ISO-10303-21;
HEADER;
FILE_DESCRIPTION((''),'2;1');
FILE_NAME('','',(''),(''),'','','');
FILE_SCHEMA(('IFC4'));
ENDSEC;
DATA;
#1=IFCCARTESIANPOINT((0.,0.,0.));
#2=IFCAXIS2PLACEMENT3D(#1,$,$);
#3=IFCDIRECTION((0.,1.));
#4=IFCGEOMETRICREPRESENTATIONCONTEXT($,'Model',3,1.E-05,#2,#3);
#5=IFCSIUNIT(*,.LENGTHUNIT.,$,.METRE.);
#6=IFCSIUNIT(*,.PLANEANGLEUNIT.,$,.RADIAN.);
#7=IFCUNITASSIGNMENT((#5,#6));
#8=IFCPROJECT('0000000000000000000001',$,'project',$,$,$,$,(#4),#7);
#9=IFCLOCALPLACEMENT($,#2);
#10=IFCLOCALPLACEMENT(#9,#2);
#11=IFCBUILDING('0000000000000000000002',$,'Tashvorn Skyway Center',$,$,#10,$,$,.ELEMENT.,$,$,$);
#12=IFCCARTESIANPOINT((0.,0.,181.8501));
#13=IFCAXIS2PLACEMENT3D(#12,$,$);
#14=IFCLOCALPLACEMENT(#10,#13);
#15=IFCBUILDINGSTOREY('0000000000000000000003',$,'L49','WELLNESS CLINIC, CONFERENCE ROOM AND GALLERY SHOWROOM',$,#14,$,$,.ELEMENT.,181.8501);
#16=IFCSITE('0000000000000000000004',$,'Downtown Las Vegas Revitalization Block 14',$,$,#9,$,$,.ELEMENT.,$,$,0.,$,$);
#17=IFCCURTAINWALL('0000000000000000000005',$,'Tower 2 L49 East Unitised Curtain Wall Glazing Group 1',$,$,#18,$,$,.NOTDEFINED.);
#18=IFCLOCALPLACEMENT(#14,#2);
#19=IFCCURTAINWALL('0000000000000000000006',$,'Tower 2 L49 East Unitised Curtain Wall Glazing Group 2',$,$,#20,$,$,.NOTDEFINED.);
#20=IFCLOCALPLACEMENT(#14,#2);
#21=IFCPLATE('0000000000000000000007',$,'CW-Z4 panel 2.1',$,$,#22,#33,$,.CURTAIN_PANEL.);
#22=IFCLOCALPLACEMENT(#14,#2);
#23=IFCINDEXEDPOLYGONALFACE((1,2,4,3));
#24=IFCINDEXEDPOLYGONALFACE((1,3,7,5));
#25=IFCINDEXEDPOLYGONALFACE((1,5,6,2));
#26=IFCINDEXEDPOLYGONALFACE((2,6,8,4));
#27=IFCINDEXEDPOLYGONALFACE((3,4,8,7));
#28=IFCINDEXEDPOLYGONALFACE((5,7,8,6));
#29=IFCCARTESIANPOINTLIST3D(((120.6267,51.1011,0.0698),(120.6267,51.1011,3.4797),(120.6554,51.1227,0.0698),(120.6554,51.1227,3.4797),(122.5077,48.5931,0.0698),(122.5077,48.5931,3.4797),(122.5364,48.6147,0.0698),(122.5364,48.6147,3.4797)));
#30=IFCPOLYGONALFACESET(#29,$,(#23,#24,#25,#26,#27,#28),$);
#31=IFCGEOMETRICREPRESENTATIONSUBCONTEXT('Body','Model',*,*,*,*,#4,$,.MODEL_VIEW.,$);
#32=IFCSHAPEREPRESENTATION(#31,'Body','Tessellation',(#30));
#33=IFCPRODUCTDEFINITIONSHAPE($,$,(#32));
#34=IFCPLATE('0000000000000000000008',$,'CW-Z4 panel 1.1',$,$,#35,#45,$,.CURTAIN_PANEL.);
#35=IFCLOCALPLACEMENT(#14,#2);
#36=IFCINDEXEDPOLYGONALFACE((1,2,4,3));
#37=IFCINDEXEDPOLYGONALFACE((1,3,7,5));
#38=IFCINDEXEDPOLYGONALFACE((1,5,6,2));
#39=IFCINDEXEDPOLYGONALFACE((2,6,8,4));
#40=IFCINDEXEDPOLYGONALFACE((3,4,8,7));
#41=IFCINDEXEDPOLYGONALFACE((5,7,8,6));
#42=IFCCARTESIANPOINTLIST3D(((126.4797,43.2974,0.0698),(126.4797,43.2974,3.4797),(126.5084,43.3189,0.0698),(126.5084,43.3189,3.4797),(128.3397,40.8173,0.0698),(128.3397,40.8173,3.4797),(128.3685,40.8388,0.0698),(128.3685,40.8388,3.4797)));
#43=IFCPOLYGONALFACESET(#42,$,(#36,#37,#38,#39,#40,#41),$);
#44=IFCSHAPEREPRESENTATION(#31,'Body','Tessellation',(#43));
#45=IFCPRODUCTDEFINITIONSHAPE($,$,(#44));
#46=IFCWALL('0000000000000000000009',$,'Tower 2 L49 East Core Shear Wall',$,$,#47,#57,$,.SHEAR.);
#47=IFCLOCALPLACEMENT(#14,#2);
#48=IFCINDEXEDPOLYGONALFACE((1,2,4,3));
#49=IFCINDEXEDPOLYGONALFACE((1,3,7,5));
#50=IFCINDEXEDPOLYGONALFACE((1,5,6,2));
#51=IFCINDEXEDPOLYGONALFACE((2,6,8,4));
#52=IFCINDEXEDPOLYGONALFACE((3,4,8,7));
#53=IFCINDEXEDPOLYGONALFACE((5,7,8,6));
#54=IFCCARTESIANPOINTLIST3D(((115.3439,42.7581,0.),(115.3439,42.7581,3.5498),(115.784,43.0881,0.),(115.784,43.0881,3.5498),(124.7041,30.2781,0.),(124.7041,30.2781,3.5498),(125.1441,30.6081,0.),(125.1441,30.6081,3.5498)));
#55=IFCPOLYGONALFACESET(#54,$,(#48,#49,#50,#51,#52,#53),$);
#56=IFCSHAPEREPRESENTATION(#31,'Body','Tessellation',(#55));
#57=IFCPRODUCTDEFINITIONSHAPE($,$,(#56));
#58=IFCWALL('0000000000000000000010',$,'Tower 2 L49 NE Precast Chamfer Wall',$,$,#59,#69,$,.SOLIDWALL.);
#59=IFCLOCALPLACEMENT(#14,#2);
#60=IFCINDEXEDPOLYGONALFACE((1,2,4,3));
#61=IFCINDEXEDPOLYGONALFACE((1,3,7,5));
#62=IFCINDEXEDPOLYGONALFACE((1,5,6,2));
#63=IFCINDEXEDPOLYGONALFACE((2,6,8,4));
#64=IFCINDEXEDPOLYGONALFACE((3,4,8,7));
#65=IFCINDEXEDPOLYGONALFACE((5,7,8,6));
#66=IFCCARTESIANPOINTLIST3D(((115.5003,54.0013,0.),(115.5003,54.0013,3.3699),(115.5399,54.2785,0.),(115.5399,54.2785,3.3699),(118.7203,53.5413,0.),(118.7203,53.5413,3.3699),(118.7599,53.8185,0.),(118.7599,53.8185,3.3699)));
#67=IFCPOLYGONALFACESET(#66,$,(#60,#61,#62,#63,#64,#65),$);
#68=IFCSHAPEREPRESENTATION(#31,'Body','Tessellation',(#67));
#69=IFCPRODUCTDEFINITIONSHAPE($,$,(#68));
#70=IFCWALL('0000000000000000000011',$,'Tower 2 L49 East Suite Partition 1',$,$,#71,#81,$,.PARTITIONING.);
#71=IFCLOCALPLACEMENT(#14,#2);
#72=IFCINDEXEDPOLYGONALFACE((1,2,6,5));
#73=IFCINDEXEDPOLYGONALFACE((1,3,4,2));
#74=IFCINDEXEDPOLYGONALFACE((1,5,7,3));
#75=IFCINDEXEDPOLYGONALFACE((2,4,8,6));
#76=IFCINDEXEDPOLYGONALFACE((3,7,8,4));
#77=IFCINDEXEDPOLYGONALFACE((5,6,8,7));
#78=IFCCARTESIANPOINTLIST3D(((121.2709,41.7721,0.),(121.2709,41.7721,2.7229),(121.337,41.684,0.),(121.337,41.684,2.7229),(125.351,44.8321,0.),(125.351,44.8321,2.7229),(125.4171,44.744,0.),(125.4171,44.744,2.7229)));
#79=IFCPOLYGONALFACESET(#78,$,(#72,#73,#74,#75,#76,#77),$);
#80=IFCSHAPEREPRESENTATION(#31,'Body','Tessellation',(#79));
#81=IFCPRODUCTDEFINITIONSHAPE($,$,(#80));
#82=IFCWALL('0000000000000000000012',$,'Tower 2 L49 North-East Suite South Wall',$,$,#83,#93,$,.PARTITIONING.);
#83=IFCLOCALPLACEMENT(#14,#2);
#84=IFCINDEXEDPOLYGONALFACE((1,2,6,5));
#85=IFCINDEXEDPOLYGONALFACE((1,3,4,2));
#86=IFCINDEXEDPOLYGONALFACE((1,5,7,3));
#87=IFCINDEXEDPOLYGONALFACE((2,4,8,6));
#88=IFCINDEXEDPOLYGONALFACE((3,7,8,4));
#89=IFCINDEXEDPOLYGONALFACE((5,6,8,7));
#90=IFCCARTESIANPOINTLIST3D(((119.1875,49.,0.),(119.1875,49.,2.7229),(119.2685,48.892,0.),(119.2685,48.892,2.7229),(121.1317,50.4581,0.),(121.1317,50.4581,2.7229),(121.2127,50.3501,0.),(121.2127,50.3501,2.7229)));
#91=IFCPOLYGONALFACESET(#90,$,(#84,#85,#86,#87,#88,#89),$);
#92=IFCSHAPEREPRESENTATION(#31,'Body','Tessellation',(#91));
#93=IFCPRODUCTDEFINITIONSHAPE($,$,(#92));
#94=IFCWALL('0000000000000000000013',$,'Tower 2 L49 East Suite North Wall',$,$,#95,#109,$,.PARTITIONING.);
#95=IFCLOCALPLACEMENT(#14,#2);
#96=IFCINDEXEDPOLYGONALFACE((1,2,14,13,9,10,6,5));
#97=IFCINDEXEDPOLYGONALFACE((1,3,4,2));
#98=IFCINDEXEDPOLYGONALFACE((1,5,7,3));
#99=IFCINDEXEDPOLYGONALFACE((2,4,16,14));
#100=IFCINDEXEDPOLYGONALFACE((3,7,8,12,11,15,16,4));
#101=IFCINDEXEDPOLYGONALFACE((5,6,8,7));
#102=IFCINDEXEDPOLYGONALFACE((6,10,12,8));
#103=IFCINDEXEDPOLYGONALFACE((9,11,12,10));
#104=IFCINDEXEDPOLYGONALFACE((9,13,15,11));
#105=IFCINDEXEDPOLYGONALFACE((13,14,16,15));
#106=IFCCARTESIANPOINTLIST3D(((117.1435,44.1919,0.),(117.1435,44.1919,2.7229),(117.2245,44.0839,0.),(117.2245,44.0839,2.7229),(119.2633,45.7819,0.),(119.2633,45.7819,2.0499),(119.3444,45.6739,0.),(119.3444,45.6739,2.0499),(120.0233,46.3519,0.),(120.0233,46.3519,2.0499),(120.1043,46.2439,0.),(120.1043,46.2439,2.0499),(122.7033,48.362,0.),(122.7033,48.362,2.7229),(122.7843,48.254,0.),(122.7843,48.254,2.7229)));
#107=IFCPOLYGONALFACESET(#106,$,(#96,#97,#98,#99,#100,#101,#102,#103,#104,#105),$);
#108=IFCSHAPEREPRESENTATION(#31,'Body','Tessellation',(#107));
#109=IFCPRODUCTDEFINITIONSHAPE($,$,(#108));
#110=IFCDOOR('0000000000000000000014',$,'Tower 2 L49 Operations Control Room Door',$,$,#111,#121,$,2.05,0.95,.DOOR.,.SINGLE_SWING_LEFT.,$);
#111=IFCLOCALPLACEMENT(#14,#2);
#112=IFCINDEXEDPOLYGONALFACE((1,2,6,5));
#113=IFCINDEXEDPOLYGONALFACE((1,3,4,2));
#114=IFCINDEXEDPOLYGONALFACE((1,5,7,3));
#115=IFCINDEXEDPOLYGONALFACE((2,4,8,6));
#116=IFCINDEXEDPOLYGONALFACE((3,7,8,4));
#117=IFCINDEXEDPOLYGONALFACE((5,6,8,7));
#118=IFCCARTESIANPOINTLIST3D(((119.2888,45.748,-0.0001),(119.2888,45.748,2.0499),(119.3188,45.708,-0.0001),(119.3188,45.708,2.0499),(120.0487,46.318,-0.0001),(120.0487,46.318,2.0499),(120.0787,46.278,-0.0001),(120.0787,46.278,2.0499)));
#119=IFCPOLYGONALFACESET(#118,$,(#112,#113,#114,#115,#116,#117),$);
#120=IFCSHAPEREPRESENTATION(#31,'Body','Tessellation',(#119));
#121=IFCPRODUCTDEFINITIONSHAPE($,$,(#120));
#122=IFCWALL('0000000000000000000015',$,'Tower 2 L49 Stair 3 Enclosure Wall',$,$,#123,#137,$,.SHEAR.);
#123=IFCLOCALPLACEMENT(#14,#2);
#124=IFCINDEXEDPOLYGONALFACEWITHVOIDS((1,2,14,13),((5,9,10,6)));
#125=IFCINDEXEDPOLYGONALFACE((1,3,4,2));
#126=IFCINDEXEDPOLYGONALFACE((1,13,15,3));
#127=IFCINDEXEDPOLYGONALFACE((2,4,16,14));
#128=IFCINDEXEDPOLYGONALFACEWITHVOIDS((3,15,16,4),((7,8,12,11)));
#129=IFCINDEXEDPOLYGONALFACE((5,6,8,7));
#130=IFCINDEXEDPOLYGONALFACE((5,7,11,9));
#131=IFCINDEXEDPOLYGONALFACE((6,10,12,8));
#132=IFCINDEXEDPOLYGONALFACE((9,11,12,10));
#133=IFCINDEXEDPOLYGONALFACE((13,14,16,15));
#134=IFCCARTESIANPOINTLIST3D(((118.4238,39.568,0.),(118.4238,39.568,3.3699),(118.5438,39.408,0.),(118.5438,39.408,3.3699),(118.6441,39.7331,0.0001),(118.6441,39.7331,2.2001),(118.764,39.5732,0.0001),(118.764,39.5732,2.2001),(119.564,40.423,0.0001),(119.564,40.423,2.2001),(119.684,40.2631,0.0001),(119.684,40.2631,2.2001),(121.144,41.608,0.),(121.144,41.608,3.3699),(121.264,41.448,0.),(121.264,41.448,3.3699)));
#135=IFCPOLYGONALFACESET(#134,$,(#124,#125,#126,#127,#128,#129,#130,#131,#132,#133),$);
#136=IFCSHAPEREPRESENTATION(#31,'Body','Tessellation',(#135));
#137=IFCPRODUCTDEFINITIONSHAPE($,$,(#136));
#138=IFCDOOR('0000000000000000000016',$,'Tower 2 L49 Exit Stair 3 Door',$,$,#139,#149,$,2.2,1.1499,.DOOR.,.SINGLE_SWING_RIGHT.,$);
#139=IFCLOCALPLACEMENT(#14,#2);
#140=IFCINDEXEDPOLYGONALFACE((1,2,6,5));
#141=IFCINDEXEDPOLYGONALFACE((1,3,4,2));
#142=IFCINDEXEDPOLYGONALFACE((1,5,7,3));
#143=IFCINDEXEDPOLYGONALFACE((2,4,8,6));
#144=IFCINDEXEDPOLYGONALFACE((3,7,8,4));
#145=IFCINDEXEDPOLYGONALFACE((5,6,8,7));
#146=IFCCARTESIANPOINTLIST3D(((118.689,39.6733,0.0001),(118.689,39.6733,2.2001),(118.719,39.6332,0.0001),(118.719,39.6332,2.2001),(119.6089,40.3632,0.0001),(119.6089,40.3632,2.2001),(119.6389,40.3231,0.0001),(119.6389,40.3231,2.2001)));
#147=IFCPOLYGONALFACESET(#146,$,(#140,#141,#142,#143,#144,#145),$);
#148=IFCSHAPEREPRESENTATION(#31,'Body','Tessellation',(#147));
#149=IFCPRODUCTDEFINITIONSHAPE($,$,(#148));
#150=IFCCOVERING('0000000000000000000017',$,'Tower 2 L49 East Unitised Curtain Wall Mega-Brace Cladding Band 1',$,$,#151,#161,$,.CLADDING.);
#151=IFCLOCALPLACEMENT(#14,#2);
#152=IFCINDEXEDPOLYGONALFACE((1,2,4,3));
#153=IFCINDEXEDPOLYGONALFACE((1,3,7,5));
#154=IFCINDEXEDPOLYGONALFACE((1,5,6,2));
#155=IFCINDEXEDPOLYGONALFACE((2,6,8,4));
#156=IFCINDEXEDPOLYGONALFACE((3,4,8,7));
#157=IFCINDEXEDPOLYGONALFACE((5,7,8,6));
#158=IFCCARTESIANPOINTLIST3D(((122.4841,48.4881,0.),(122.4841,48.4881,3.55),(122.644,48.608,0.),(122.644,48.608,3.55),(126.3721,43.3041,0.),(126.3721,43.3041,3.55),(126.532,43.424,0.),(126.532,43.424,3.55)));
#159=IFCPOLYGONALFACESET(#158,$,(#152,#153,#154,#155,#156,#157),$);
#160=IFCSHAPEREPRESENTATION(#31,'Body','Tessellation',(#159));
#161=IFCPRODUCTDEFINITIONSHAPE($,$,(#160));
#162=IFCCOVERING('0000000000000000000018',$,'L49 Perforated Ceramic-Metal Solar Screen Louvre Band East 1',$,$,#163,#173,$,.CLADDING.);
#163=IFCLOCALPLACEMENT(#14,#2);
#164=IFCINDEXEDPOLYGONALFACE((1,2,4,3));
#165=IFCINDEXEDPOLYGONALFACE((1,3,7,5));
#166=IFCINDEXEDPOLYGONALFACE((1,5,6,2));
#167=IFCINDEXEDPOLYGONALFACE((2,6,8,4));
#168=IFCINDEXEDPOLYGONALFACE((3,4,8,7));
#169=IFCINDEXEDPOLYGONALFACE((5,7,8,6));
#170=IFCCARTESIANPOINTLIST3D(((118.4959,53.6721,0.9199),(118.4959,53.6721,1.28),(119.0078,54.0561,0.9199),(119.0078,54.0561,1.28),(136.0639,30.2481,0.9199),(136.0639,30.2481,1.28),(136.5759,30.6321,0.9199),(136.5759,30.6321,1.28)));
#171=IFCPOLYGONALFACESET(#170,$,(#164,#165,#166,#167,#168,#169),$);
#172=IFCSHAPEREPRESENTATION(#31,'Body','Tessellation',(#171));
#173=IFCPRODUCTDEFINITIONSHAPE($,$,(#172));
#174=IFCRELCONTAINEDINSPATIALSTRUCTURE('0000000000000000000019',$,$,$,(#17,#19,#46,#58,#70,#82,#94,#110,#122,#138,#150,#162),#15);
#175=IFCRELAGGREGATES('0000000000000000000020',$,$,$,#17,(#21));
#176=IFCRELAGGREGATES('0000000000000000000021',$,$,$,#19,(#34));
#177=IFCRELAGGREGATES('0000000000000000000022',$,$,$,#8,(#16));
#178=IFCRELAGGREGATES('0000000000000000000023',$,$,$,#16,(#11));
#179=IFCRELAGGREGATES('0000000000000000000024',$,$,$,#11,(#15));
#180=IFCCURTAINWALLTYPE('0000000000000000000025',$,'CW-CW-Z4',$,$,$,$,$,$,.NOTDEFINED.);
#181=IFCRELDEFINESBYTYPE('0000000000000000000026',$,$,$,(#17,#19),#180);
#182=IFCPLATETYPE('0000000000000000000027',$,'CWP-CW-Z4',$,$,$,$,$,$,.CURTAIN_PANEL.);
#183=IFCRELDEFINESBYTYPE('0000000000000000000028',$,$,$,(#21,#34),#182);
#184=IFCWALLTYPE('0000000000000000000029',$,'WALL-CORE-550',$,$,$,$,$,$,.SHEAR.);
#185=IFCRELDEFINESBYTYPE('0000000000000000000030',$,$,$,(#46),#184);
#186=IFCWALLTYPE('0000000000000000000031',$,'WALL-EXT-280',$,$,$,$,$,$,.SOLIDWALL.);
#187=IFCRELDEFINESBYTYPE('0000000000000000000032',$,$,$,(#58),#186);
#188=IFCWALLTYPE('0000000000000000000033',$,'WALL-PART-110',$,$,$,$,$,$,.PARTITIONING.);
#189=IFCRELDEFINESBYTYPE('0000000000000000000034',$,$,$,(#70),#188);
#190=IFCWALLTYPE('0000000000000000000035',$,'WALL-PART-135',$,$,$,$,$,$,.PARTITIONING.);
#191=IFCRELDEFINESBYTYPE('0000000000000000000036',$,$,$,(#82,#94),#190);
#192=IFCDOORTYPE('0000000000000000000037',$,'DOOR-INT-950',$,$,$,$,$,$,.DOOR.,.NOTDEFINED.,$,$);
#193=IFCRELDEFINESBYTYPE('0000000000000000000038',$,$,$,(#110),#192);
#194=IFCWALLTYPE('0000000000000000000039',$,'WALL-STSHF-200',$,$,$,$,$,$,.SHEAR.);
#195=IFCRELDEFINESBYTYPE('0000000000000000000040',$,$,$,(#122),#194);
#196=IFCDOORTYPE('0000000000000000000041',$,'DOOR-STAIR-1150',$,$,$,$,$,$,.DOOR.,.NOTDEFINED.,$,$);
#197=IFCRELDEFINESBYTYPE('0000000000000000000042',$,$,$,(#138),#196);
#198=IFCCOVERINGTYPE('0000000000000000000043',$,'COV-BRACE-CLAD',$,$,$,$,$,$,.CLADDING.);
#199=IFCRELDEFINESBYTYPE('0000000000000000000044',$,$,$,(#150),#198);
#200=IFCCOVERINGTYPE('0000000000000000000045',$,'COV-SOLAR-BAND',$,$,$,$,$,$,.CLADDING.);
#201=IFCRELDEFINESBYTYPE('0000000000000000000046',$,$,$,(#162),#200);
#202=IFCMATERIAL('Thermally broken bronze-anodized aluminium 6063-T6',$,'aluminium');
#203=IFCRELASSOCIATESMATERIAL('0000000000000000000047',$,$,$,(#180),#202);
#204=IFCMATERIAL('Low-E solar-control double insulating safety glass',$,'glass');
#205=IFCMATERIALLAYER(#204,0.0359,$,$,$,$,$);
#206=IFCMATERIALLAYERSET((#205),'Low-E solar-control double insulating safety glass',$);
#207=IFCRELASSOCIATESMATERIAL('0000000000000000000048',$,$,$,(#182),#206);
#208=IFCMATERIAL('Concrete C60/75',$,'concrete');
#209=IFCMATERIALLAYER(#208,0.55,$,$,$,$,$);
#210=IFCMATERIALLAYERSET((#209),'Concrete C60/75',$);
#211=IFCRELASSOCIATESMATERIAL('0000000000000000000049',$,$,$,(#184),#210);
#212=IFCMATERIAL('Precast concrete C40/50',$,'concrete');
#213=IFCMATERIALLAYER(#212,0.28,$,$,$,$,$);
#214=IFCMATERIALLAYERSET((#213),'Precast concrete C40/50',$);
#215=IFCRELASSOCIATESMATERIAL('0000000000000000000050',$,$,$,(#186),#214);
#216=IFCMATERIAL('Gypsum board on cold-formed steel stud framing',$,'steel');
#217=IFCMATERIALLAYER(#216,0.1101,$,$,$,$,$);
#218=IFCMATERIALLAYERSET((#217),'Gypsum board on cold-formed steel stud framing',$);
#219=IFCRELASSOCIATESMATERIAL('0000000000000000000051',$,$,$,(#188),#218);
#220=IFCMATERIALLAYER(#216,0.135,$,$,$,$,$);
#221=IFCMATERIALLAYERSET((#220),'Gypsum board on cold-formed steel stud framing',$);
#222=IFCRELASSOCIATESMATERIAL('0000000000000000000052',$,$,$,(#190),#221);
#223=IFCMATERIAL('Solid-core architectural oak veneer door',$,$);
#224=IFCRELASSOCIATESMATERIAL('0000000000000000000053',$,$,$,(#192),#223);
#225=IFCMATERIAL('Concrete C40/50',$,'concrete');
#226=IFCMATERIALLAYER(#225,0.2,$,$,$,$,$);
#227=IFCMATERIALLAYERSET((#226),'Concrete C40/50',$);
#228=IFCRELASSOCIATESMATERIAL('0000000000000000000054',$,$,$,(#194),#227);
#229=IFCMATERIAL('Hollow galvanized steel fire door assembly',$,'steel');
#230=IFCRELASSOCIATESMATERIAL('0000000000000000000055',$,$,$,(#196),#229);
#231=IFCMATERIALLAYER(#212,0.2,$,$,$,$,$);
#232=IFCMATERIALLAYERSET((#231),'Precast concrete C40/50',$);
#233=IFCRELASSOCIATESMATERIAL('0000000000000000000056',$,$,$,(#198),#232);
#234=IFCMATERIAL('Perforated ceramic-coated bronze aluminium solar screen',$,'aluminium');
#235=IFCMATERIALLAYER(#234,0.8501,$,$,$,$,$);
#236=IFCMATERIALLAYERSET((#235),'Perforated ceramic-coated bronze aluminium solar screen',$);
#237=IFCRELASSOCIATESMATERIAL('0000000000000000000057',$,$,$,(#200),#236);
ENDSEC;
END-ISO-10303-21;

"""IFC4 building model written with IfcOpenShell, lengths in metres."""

from ifc_helpers import new_model, si_unit, direction, frame, frame_2d, origin, origin_2d, place, context, subcontext, project, spatial, rectangle, extrude, material, layer, layer_set, type_object, element, fill, aggregate, save


model = new_model("IFC4")

# Units and contexts
model_context = context("Model", 3, precision=1e-05, world=origin(), true_north=direction((0.0, 1.0)))
body_context = subcontext(model_context, "Body", "Model", "MODEL_VIEW")
ifc_project = project(units=[si_unit("LENGTHUNIT", "METRE"), si_unit("PLANEANGLEUNIT", "RADIAN")], contexts=[model_context])

# Site, building, storey
site_placement = place(None, origin())
site = spatial("IfcSite", under=ifc_project, at=site_placement, Name="Downtown Las Vegas Revitalization Block 14", CompositionType="ELEMENT", RefElevation=0.0)
building_placement = place(site_placement, origin())
building = spatial("IfcBuilding", under=site, at=building_placement, Name="Tashvorn Skyway Center", CompositionType="ELEMENT")
storey_placement = place(building_placement, frame((0.0, 0.0, 181.8501)))
storey = spatial("IfcBuildingStorey", under=building, at=storey_placement, Name="L49", Description="WELLNESS CLINIC, CONFERENCE ROOM AND GALLERY SHOWROOM", CompositionType="ELEMENT", Elevation=181.8501)

# Shared definitions
ifc_material_1 = material(Name="Thermally broken bronze-anodized aluminium 6063-T6", Category="aluminium")
curtain_wall_type = type_object("IfcCurtainWallType", Name="CW-CW-Z4", PredefinedType="NOTDEFINED", material=ifc_material_1)

# Curtain wall
curtain_wall_1_placement = place(storey_placement, origin())
curtain_wall_1 = element("IfcCurtainWall", 1, at=curtain_wall_1_placement, inside=storey, type_object=curtain_wall_type, Name="Tower 2 L49 East Unitised Curtain Wall Glazing Group 1", PredefinedType="NOTDEFINED")

# Curtain wall
curtain_wall_2_placement = place(storey_placement, origin())
curtain_wall_2 = element("IfcCurtainWall", 2, at=curtain_wall_2_placement, inside=storey, type_object=curtain_wall_type, Name="Tower 2 L49 East Unitised Curtain Wall Glazing Group 2", PredefinedType="NOTDEFINED")

# Plates
ifc_material_2 = material(Name="Low-E solar-control double insulating safety glass", Category="glass")
ifc_layer_1 = layer(ifc_material_2, 0.0359)
ifc_layer_set_1 = layer_set([ifc_layer_1], Name="Low-E solar-control double insulating safety glass")
plate_type = type_object("IfcPlateType", Name="CWP-CW-Z4", PredefinedType="CURTAIN_PANEL", material=ifc_layer_set_1)
plate_1_placement = place(storey_placement, frame((121.5815, 49.8579, 0.0698), z_axis=(0.0, 0.0, 1.0), x_axis=(0.6, -0.8, 0.0)))
plate_1 = element("IfcPlate", 3, at=plate_1_placement, type_object=plate_type, Name="CW-Z4 panel 2.1", PredefinedType="CURTAIN_PANEL", context=body_context, shape_type="SweptSolid", body=[
    extrude(rectangle(XDim=3.135, YDim=0.0359, at=origin_2d()), origin(), (0.0, 0.0, 1.0), 3.4099),
])
aggregate(curtain_wall_1, [plate_1])
plate_2_placement = place(storey_placement, frame((127.4241, 42.0681, 0.0698), z_axis=(0.0, 0.0, 1.0), x_axis=(0.6, -0.8, 0.0)))
plate_2 = element("IfcPlate", 4, at=plate_2_placement, type_object=plate_type, Name="CW-Z4 panel 1.1", PredefinedType="CURTAIN_PANEL", context=body_context, shape_type="SweptSolid", body=[
    extrude(rectangle(XDim=3.1001, YDim=0.0359, at=origin_2d()), origin(), (0.0, 0.0, 1.0), 3.4099),
])
aggregate(curtain_wall_2, [plate_2])

# Walls
ifc_material_3 = material(Name="Concrete C60/75", Category="concrete")
ifc_layer_2 = layer(ifc_material_3, 0.55)
ifc_layer_set_2 = layer_set([ifc_layer_2], Name="Concrete C60/75")
wall_type_1 = type_object("IfcWallType", Name="WALL-CORE-550", PredefinedType="SHEAR", material=ifc_layer_set_2)
wall_1_placement = place(storey_placement, frame((115.564, 42.9231, 0.0), z_axis=(0.0, 0.0, 1.0), x_axis=(0.600005, -0.799996, 0.0)))
element("IfcWall", 5, at=wall_1_placement, inside=storey, type_object=wall_type_1, Name="Tower 2 L49 East Core Shear Wall", PredefinedType="SHEAR", context=body_context, shape_type="SweptSolid", body=[
    extrude(rectangle(XDim=15.6001, YDim=0.55, at=frame_2d((7.8, 0.0))), origin(), (0.0, 0.0, 1.0), 3.5498),
])
ifc_material_4 = material(Name="Precast concrete C40/50", Category="concrete")
ifc_layer_3 = layer(ifc_material_4, 0.28)
ifc_layer_set_3 = layer_set([ifc_layer_3], Name="Precast concrete C40/50")
wall_type_2 = type_object("IfcWallType", Name="WALL-EXT-280", PredefinedType="SOLIDWALL", material=ifc_layer_set_3)
wall_2_placement = place(storey_placement, frame((115.52, 54.1399, 0.0), z_axis=(0.0, 0.0, 1.0), x_axis=(0.989951, -0.141411, 0.0)))
element("IfcWall", 6, at=wall_2_placement, inside=storey, type_object=wall_type_2, Name="Tower 2 L49 NE Precast Chamfer Wall", PredefinedType="SOLIDWALL", context=body_context, shape_type="SweptSolid", body=[
    extrude(rectangle(XDim=3.2527, YDim=0.28, at=frame_2d((1.6265, 0.0))), origin(), (0.0, 0.0, 1.0), 3.3699),
])
ifc_material_5 = material(Name="Gypsum board on cold-formed steel stud framing", Category="steel")
ifc_layer_4 = layer(ifc_material_5, 0.1101)
ifc_layer_set_4 = layer_set([ifc_layer_4], Name="Gypsum board on cold-formed steel stud framing")
wall_type_3 = type_object("IfcWallType", Name="WALL-PART-110", PredefinedType="PARTITIONING", material=ifc_layer_set_4)
wall_3_placement = place(storey_placement, frame((125.384, 44.7881, 0.0), z_axis=(0.0, 0.0, 1.0), x_axis=(-0.8, -0.6, 0.0)))
element("IfcWall", 7, at=wall_3_placement, inside=storey, type_object=wall_type_3, Name="Tower 2 L49 East Suite Partition 1", PredefinedType="PARTITIONING", context=body_context, shape_type="SweptSolid", body=[
    extrude(rectangle(XDim=5.1001, YDim=0.1101, at=frame_2d((2.55, 0.0))), origin(), (0.0, 0.0, 1.0), 2.7229),
])
ifc_layer_5 = layer(ifc_material_5, 0.135)
ifc_layer_set_5 = layer_set([ifc_layer_5], Name="Gypsum board on cold-formed steel stud framing")
wall_type_4 = type_object("IfcWallType", Name="WALL-PART-135", PredefinedType="PARTITIONING", material=ifc_layer_set_5)
wall_4_placement = place(storey_placement, frame((119.228, 48.946, 0.0), z_axis=(0.0, 0.0, 1.0), x_axis=(0.800012, 0.599984, 0.0)))
element("IfcWall", 8, at=wall_4_placement, inside=storey, type_object=wall_type_4, Name="Tower 2 L49 North-East Suite South Wall", PredefinedType="PARTITIONING", context=body_context, shape_type="SweptSolid", body=[
    extrude(rectangle(XDim=2.4302, YDim=0.135, at=frame_2d((1.2151, 0.0))), origin(), (0.0, 0.0, 1.0), 2.7229),
])

# Walls, openings, doors
wall_5_placement = place(storey_placement, frame((122.7439, 48.3081, 0.0), z_axis=(0.0, 0.0, 1.0), x_axis=(-0.799979, -0.600028, 0.0)))
wall_5 = element("IfcWall", 9, at=wall_5_placement, inside=storey, type_object=wall_type_4, Name="Tower 2 L49 East Suite North Wall", PredefinedType="PARTITIONING", context=body_context, shape_type="SweptSolid", body=[
    extrude(rectangle(XDim=6.95, YDim=0.135, at=frame_2d((3.4751, 0.0))), origin(), (0.0, 0.0, 1.0), 2.7229),
])
opening_1_placement = place(wall_5_placement, frame((3.3501, 0.0, 0.0)))
opening_1 = element("IfcOpeningElement", 10, at=opening_1_placement, cuts=wall_5, PredefinedType="OPENING", context=body_context, shape_type="SweptSolid", body=[
    extrude(rectangle(XDim=0.95, YDim=2.05, at=frame_2d((0.4751, 1.0249))), frame((0.0, 0.0774, 0.0), z_axis=(0.0, -1.0, 0.0), x_axis=(1.0, 0.0, 0.0)), (0.0, 0.0, 1.0), 0.155),
])
ifc_material_6 = material(Name="Solid-core architectural oak veneer door")
door_type_1 = type_object("IfcDoorType", Name="DOOR-INT-950", OperationType="NOTDEFINED", PredefinedType="DOOR", material=ifc_material_6)
door_1_placement = place(opening_1_placement, origin())
door_1 = element("IfcDoor", 11, at=door_1_placement, inside=storey, type_object=door_type_1, Name="Tower 2 L49 Operations Control Room Door", OperationType="SINGLE_SWING_LEFT", OverallHeight=2.05, OverallWidth=0.95, PredefinedType="DOOR", context=body_context, shape_type="SweptSolid", body=[
    extrude(rectangle(XDim=0.95, YDim=2.05, at=frame_2d((0.4751, 1.0249))), frame((0.0, 0.0249, 0.0), z_axis=(0.0, -1.0, 0.0), x_axis=(1.0, 0.0, 0.0)), (0.0, 0.0, 1.0), 0.05),
])
fill(opening_1, door_1)
ifc_material_7 = material(Name="Concrete C40/50", Category="concrete")
ifc_layer_6 = layer(ifc_material_7, 0.2)
ifc_layer_set_6 = layer_set([ifc_layer_6], Name="Concrete C40/50")
wall_type_5 = type_object("IfcWallType", Name="WALL-STSHF-200", PredefinedType="SHEAR", material=ifc_layer_set_6)
wall_6_placement = place(storey_placement, frame((121.2041, 41.5281, 0.0), z_axis=(0.0, 0.0, 1.0), x_axis=(-0.800017, -0.599977, 0.0)))
wall_6 = element("IfcWall", 12, at=wall_6_placement, inside=storey, type_object=wall_type_5, Name="Tower 2 L49 Stair 3 Enclosure Wall", PredefinedType="SHEAR", context=body_context, shape_type="SweptSolid", body=[
    extrude(rectangle(XDim=3.4001, YDim=0.2, at=frame_2d((1.7002, 0.0))), origin(), (0.0, 0.0, 1.0), 3.3699),
])
opening_2_placement = place(wall_6_placement, frame((1.9751, 0.0, 0.0)))
opening_2 = element("IfcOpeningElement", 13, at=opening_2_placement, cuts=wall_6, PredefinedType="OPENING", context=body_context, shape_type="SweptSolid", body=[
    extrude(rectangle(XDim=1.1499, YDim=2.2, at=frame_2d((0.575, 1.1001))), frame((0.0, 0.1099, 0.0), z_axis=(0.0, -1.0, 0.0), x_axis=(1.0, 0.0, 0.0)), (0.0, 0.0, 1.0), 0.22),
])
ifc_material_8 = material(Name="Hollow galvanized steel fire door assembly", Category="steel")
door_type_2 = type_object("IfcDoorType", Name="DOOR-STAIR-1150", OperationType="NOTDEFINED", PredefinedType="DOOR", material=ifc_material_8)
door_2_placement = place(opening_2_placement, origin())
door_2 = element("IfcDoor", 14, at=door_2_placement, inside=storey, type_object=door_type_2, Name="Tower 2 L49 Exit Stair 3 Door", OperationType="SINGLE_SWING_RIGHT", OverallHeight=2.2, OverallWidth=1.1499, PredefinedType="DOOR", context=body_context, shape_type="SweptSolid", body=[
    extrude(rectangle(XDim=1.1499, YDim=2.2, at=frame_2d((0.575, 1.1001))), frame((0.0, 0.0249, 0.0), z_axis=(0.0, -1.0, 0.0), x_axis=(1.0, 0.0, 0.0)), (0.0, 0.0, 1.0), 0.05),
])
fill(opening_2, door_2)

# Coverings
ifc_layer_7 = layer(ifc_material_4, 0.2)
ifc_layer_set_7 = layer_set([ifc_layer_7], Name="Precast concrete C40/50")
covering_type_1 = type_object("IfcCoveringType", Name="COV-BRACE-CLAD", PredefinedType="CLADDING", material=ifc_layer_set_7)
covering_1_placement = place(storey_placement, frame((124.5081, 45.9561, 0.0), z_axis=(0.0, 0.0, 1.0), x_axis=(0.6, -0.8, 0.0)))
element("IfcCovering", 15, at=covering_1_placement, inside=storey, type_object=covering_type_1, Name="Tower 2 L49 East Unitised Curtain Wall Mega-Brace Cladding Band 1", PredefinedType="CLADDING", context=body_context, shape_type="SweptSolid", body=[
    extrude(rectangle(XDim=6.48, YDim=0.2, at=origin_2d()), origin(), (0.0, 0.0, 1.0), 3.55),
])
ifc_material_9 = material(Name="Perforated ceramic-coated bronze aluminium solar screen", Category="aluminium")
ifc_layer_8 = layer(ifc_material_9, 0.8501)
ifc_layer_set_8 = layer_set([ifc_layer_8], Name="Perforated ceramic-coated bronze aluminium solar screen")
covering_type_2 = type_object("IfcCoveringType", Name="COV-SOLAR-BAND", PredefinedType="CLADDING", material=ifc_layer_set_8)
for number, where, z_axis, x_axis, name in (
    (16, (127.5359, 42.1521, 0.9199), (0.0, 0.0, 1.0), (0.6, -0.8, 0.0), "L49 Perforated Ceramic-Metal Solar Screen Louvre Band East 1"),
):
    element("IfcCovering", number, at=place(storey_placement, frame(where, z_axis=z_axis, x_axis=x_axis)), inside=storey, type_object=covering_type_2, Name=name, PredefinedType="CLADDING", context=body_context, shape_type="SweptSolid", body=[
        extrude(rectangle(XDim=29.28, YDim=0.6399, at=origin_2d()), origin(), (0.0, 0.0, 1.0), 0.3601),
    ])

save(model, "model.ifc")
